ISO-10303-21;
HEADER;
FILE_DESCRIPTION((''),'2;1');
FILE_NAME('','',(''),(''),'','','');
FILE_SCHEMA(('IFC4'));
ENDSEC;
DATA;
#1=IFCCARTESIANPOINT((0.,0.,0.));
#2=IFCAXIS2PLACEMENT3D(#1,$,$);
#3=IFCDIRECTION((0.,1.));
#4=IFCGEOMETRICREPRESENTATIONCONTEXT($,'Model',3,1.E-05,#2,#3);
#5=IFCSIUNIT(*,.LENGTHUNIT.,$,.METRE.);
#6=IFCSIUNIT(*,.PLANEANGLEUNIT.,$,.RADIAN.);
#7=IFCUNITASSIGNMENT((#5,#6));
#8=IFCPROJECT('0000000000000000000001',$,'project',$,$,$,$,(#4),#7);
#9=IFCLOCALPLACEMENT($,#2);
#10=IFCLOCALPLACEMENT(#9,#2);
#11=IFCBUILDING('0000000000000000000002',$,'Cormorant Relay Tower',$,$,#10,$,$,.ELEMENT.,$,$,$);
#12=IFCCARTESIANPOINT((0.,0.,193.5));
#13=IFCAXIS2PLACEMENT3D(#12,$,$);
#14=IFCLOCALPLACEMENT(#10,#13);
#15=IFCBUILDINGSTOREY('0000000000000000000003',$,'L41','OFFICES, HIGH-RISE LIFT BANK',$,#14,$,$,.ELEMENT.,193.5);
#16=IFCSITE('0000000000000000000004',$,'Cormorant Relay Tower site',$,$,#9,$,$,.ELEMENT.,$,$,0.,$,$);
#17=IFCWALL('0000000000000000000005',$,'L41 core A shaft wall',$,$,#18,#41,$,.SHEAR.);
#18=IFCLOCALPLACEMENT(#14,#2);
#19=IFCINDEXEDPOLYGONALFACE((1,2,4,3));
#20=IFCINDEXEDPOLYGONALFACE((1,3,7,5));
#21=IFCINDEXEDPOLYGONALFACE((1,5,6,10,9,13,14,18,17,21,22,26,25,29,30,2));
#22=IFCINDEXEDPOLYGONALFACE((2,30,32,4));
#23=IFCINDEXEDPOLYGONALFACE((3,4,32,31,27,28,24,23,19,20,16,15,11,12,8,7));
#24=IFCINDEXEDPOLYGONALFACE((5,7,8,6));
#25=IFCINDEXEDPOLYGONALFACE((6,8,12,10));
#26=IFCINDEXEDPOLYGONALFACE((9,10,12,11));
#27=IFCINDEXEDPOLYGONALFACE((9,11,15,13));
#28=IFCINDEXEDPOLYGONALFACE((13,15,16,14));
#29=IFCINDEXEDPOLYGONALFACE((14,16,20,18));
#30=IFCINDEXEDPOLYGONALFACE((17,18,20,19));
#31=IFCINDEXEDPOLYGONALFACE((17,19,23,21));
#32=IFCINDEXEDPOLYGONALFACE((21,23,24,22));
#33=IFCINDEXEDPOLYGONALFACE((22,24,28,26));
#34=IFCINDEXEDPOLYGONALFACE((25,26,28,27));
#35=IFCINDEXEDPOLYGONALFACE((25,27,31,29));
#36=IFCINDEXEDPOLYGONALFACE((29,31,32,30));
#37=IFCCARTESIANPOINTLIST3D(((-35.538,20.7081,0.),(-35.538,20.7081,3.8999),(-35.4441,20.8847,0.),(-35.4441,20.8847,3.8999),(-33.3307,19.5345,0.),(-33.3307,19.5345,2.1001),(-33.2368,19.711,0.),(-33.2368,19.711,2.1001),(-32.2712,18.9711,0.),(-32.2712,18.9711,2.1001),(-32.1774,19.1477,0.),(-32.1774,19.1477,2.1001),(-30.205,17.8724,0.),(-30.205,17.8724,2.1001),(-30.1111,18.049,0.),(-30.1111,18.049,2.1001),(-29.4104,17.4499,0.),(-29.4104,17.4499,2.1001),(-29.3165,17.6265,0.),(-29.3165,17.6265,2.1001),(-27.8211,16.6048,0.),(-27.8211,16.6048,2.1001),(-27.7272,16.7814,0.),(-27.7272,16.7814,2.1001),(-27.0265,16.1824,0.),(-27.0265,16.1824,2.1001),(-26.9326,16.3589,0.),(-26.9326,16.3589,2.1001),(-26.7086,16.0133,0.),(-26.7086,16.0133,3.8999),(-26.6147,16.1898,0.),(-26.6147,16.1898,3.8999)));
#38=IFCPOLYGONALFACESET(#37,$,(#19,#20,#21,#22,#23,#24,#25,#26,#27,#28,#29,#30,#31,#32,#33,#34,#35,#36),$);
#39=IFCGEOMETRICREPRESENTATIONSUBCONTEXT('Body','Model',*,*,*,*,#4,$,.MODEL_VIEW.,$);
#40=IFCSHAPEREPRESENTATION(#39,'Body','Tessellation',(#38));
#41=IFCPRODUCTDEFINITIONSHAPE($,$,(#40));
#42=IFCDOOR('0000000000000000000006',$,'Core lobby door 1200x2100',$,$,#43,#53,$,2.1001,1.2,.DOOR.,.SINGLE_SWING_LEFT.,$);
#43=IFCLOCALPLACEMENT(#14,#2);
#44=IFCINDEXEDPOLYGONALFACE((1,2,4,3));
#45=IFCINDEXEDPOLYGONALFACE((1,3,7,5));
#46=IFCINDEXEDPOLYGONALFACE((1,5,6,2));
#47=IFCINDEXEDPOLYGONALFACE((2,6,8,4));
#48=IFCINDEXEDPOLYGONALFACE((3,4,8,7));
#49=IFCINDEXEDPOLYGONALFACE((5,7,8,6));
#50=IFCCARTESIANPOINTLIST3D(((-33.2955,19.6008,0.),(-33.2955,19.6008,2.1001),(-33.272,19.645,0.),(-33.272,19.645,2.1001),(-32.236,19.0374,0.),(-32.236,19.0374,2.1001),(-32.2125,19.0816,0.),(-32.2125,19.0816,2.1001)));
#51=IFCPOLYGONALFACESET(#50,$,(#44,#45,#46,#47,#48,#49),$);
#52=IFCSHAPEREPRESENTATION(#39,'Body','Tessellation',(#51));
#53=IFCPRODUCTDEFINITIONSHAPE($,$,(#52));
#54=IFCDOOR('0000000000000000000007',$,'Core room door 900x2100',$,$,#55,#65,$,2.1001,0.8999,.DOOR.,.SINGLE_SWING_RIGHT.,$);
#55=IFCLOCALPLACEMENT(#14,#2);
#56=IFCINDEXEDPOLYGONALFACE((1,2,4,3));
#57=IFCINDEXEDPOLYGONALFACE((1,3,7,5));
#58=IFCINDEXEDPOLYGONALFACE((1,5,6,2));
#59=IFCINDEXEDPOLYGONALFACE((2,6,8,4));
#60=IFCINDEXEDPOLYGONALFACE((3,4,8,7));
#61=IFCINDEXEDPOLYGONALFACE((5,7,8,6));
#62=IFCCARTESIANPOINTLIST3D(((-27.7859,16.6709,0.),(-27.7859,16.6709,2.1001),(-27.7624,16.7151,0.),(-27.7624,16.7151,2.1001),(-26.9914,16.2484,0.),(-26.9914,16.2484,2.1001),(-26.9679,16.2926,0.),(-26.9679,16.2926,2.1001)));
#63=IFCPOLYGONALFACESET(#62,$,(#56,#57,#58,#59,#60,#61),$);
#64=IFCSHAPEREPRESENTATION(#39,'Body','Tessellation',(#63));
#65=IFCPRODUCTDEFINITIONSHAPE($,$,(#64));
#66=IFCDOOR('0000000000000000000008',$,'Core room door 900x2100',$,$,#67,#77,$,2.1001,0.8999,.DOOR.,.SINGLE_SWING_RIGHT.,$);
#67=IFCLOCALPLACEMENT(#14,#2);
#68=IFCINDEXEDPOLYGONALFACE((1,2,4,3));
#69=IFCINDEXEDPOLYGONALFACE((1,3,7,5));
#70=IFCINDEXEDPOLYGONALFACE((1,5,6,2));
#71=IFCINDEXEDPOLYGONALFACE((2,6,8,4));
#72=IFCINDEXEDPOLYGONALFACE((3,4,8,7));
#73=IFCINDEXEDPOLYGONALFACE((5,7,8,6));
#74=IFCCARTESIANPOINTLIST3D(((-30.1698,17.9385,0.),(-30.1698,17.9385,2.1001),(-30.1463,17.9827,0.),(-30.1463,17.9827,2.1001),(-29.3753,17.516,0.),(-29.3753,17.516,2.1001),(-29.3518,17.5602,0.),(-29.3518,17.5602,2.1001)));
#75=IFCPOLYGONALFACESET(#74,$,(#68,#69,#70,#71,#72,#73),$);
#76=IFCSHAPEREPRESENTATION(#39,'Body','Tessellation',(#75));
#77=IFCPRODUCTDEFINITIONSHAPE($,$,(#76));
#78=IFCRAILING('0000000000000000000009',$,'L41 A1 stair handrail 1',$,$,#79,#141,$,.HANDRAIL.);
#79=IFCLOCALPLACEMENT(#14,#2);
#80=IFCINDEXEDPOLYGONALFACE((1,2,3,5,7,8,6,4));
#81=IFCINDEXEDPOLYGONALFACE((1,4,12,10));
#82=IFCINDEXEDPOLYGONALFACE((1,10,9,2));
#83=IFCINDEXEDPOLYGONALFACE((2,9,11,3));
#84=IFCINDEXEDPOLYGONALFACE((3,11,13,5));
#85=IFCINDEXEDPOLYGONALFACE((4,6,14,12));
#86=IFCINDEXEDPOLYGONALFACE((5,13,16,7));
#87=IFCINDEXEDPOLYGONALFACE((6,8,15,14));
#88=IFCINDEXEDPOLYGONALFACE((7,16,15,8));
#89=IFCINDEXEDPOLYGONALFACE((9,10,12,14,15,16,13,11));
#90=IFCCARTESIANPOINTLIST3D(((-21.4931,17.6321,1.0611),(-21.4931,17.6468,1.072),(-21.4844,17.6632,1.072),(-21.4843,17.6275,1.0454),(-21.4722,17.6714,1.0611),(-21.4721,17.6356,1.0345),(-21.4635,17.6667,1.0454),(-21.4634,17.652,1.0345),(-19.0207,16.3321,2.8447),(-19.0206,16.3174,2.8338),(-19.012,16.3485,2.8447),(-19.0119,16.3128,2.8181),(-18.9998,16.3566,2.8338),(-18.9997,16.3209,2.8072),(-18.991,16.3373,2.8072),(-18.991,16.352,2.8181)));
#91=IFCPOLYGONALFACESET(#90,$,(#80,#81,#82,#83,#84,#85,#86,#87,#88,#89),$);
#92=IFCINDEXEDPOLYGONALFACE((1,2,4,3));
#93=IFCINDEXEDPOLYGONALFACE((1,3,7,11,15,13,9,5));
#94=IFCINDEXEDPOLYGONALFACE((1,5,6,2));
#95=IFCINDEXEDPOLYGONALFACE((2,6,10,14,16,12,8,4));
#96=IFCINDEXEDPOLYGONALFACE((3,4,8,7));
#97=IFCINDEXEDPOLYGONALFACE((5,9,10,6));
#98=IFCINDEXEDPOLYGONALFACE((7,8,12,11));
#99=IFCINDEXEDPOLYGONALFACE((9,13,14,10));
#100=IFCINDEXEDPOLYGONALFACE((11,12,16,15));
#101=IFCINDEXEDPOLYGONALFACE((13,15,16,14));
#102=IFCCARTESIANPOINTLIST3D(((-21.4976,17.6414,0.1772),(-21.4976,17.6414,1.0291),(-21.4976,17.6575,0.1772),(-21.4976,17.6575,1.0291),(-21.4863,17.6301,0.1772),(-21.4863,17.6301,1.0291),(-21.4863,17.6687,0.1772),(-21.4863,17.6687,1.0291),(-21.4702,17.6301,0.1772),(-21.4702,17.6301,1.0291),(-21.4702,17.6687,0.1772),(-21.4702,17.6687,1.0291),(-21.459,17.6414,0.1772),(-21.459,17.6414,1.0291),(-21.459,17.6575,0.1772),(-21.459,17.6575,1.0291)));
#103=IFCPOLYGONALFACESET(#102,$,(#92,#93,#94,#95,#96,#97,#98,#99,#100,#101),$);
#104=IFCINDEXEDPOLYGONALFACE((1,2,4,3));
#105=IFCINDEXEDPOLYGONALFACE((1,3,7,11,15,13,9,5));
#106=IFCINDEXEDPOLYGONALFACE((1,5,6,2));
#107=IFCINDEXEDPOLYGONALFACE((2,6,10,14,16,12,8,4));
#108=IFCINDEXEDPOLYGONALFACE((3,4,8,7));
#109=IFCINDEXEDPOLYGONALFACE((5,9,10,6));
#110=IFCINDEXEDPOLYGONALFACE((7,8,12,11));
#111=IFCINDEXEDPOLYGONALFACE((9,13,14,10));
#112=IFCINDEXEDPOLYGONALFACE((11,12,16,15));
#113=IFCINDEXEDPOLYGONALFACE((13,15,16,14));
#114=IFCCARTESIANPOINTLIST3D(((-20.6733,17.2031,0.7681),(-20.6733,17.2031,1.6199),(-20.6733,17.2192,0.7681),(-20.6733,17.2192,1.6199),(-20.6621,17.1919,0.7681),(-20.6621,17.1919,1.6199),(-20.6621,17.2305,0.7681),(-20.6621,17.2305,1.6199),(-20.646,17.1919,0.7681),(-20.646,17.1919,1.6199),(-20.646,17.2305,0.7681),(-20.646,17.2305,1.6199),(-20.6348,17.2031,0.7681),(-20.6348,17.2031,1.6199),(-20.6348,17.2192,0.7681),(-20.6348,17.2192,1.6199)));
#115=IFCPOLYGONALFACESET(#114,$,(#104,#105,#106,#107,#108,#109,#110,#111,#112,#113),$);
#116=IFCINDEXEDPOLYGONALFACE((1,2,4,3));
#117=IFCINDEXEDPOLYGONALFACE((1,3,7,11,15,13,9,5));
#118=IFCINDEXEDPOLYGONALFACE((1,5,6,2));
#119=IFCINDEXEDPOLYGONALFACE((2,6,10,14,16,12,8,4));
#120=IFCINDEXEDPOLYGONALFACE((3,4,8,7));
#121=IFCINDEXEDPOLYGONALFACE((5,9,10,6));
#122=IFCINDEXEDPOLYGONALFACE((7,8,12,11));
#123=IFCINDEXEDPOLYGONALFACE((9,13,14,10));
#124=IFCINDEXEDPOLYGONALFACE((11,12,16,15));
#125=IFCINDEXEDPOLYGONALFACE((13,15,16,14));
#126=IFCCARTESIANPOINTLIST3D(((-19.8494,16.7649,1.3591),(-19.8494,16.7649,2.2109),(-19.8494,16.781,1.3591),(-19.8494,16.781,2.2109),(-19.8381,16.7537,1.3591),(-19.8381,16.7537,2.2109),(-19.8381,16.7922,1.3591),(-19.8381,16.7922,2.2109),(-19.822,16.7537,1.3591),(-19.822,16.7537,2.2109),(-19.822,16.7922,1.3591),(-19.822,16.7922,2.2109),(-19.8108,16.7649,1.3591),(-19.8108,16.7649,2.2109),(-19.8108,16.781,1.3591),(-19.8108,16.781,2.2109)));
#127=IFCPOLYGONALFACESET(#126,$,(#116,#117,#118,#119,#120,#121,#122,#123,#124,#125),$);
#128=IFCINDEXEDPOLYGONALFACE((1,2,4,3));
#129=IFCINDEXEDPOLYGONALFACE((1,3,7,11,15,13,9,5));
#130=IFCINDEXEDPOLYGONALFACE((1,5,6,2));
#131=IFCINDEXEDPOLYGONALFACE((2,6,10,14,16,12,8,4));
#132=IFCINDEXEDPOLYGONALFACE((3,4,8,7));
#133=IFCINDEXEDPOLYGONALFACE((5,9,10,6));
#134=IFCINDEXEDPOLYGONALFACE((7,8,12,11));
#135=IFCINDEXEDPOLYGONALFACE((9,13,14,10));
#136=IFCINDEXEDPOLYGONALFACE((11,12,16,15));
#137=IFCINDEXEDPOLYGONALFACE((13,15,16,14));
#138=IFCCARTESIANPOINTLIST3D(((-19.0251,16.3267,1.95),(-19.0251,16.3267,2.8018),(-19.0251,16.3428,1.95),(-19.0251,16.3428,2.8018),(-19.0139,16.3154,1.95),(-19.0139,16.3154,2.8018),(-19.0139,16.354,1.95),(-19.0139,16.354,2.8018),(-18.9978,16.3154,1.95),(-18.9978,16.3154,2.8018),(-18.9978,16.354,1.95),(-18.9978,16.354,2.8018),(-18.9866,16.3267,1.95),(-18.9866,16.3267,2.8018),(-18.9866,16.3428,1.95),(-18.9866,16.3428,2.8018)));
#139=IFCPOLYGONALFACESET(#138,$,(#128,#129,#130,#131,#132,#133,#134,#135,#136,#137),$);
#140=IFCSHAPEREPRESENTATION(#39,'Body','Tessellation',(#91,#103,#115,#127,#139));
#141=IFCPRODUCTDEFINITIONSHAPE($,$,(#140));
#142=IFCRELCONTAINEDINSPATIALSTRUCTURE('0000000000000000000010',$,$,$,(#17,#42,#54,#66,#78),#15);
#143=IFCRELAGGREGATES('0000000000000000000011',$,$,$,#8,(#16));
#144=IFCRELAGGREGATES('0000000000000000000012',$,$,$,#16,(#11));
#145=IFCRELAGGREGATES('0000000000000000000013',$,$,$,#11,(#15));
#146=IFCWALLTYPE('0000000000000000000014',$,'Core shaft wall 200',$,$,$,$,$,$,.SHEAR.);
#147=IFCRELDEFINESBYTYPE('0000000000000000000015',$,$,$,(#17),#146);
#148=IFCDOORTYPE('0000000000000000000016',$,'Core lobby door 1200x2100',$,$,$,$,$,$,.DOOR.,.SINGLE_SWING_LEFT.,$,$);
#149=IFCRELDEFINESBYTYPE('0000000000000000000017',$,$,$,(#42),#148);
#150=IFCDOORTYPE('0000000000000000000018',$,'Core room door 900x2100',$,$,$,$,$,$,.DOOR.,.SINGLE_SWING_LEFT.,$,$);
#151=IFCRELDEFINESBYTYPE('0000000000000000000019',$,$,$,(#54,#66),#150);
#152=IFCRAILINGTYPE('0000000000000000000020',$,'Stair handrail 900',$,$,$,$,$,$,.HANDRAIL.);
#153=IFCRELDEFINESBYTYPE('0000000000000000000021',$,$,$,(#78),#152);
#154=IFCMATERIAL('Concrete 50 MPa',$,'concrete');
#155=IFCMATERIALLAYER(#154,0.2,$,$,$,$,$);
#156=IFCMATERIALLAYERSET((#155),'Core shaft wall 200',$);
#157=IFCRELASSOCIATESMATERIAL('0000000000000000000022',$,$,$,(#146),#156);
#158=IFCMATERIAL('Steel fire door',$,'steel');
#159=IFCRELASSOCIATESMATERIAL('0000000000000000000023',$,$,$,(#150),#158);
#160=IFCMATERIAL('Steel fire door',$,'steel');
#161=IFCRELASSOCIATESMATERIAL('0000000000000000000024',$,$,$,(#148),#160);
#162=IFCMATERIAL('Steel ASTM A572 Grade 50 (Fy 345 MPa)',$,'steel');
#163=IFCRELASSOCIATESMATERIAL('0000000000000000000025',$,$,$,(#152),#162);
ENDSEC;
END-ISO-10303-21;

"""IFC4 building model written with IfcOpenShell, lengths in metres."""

from ifc_helpers import new_model, si_unit, direction, frame, frame_2d, origin, place, context, subcontext, project, spatial, polyline, rectangle, outline, extrude, material, layer, layer_set, type_object, element, fill, save


model = new_model("IFC4")

# Units and contexts
model_context = context("Model", 3, precision=1e-05, world=origin(), true_north=direction((0.0, 1.0)))
body_context = subcontext(model_context, "Body", "Model", "MODEL_VIEW")
ifc_project = project(units=[si_unit("LENGTHUNIT", "METRE"), si_unit("PLANEANGLEUNIT", "RADIAN")], contexts=[model_context])

# Site, building, storey
site_placement = place(None, origin())
site = spatial("IfcSite", under=ifc_project, at=site_placement, Name="Cormorant Relay Tower site", CompositionType="ELEMENT", RefElevation=0.0)
building_placement = place(site_placement, origin())
building = spatial("IfcBuilding", under=site, at=building_placement, Name="Cormorant Relay Tower", CompositionType="ELEMENT")
storey_placement = place(building_placement, frame((0.0, 0.0, 193.5)))
storey = spatial("IfcBuildingStorey", under=building, at=storey_placement, Name="L41", Description="OFFICES, HIGH-RISE LIFT BANK", CompositionType="ELEMENT", Elevation=193.5)

# Shared definitions
ifc_material_1 = material(Name="Concrete 50 MPa", Category="concrete")
ifc_layer_1 = layer(ifc_material_1, 0.2)
ifc_layer_set_1 = layer_set([ifc_layer_1], Name="Core shaft wall 200")
wall_type_1 = type_object("IfcWallType", Name="Core shaft wall 200", PredefinedType="SHEAR", material=ifc_layer_set_1)
ifc_material_2 = material(Name="Steel fire door", Category="steel")
door_type_1 = type_object("IfcDoorType", Name="Core room door 900x2100", OperationType="SINGLE_SWING_LEFT", PredefinedType="DOOR", material=ifc_material_2)

# Wall, openings, doors
wall_1_placement = place(storey_placement, frame((-26.6616, 16.1016, 0.0), z_axis=(0.0, 0.0, 1.0), x_axis=(-0.88294, 0.469485, 0.0)))
wall_1 = element("IfcWall", 1, at=wall_1_placement, inside=storey, type_object=wall_type_1, Name="L41 core A shaft wall", PredefinedType="SHEAR", context=body_context, shape_type="SweptSolid", body=[
    extrude(rectangle(XDim=10.0, YDim=0.2, at=frame_2d((5.0, 0.0))), origin(), (0.0, 0.0, 1.0), 3.8999),
])
opening_1_placement = place(wall_1_placement, frame((6.3, 0.0, 0.0)))
opening_1 = element("IfcOpeningElement", 2, at=opening_1_placement, cuts=wall_1, PredefinedType="OPENING", context=body_context, shape_type="SweptSolid", body=[
    extrude(rectangle(XDim=1.2, YDim=2.1001, at=frame_2d((0.6001, 1.05))), frame((0.0, 0.1099, 0.0), z_axis=(0.0, -1.0, 0.0), x_axis=(1.0, 0.0, 0.0)), (0.0, 0.0, 1.0), 0.22),
])
opening_2_placement = place(wall_1_placement, frame((0.3601, 0.0, 0.0)))
opening_2 = element("IfcOpeningElement", 3, at=opening_2_placement, cuts=wall_1, PredefinedType="OPENING", context=body_context, shape_type="SweptSolid", body=[
    extrude(rectangle(XDim=0.8999, YDim=2.1001, at=frame_2d((0.45, 1.05))), frame((0.0, 0.1099, 0.0), z_axis=(0.0, -1.0, 0.0), x_axis=(1.0, 0.0, 0.0)), (0.0, 0.0, 1.0), 0.22),
])
opening_3_placement = place(wall_1_placement, frame((3.0601, 0.0, 0.0)))
opening_3 = element("IfcOpeningElement", 4, at=opening_3_placement, cuts=wall_1, PredefinedType="OPENING", context=body_context, shape_type="SweptSolid", body=[
    extrude(rectangle(XDim=0.8999, YDim=2.1001, at=frame_2d((0.45, 1.05))), frame((0.0, 0.1099, 0.0), z_axis=(0.0, -1.0, 0.0), x_axis=(1.0, 0.0, 0.0)), (0.0, 0.0, 1.0), 0.22),
])
ifc_material_3 = material(Name="Steel fire door", Category="steel")
door_type_2 = type_object("IfcDoorType", Name="Core lobby door 1200x2100", OperationType="SINGLE_SWING_LEFT", PredefinedType="DOOR", material=ifc_material_3)
door_1_placement = place(opening_1_placement, origin())
door_1 = element("IfcDoor", 5, at=door_1_placement, inside=storey, type_object=door_type_2, Name="Core lobby door 1200x2100", OperationType="SINGLE_SWING_LEFT", OverallHeight=2.1001, OverallWidth=1.2, PredefinedType="DOOR", context=body_context, shape_type="SweptSolid", body=[
    extrude(rectangle(XDim=1.2, YDim=2.1001, at=frame_2d((0.6001, 1.05))), frame((0.0, 0.0249, 0.0), z_axis=(0.0, -1.0, 0.0), x_axis=(1.0, 0.0, 0.0)), (0.0, 0.0, 1.0), 0.05),
])
fill(opening_1, door_1)
door_2_placement = place(opening_2_placement, frame((0.8999, 0.0, 0.0), z_axis=(0.0, 0.0, 1.0), x_axis=(-1.0, 0.0, 0.0)))
door_2 = element("IfcDoor", 6, at=door_2_placement, inside=storey, type_object=door_type_1, Name="Core room door 900x2100", OperationType="SINGLE_SWING_RIGHT", OverallHeight=2.1001, OverallWidth=0.8999, PredefinedType="DOOR", context=body_context, shape_type="SweptSolid", body=[
    extrude(rectangle(XDim=0.8999, YDim=2.1001, at=frame_2d((0.45, 1.05))), frame((0.0, 0.0249, 0.0), z_axis=(0.0, -1.0, 0.0), x_axis=(1.0, 0.0, 0.0)), (0.0, 0.0, 1.0), 0.05),
])
fill(opening_2, door_2)
door_3_placement = place(opening_3_placement, frame((0.8999, 0.0, 0.0), z_axis=(0.0, 0.0, 1.0), x_axis=(-1.0, 0.0, 0.0)))
door_3 = element("IfcDoor", 7, at=door_3_placement, inside=storey, type_object=door_type_1, Name="Core room door 900x2100", OperationType="SINGLE_SWING_RIGHT", OverallHeight=2.1001, OverallWidth=0.8999, PredefinedType="DOOR", context=body_context, shape_type="SweptSolid", body=[
    extrude(rectangle(XDim=0.8999, YDim=2.1001, at=frame_2d((0.45, 1.05))), frame((0.0, 0.0249, 0.0), z_axis=(0.0, -1.0, 0.0), x_axis=(1.0, 0.0, 0.0)), (0.0, 0.0, 1.0), 0.05),
])
fill(opening_3, door_3)

# Railing
ifc_material_4 = material(Name="Steel ASTM A572 Grade 50 (Fy 345 MPa)", Category="steel")
railing_type = type_object("IfcRailingType", Name="Stair handrail 900", PredefinedType="HANDRAIL", material=ifc_material_4)
railing_placement = place(storey_placement, frame((-21.4783, 17.6494, 0.1772)))
element("IfcRailing", 8, at=railing_placement, inside=storey, type_object=railing_type, Name="L41 A1 stair handrail 1", PredefinedType="HANDRAIL", context=body_context, shape_type="SweptSolid", body=[
    extrude(outline(polyline([(0.0222, 0.0093), (0.0093, 0.0222), (-0.0093, 0.0222), (-0.0222, 0.0093), (-0.0222, -0.0093), (-0.0093, -0.0222), (0.0093, -0.0222), (0.0222, -0.0093), (0.0222, 0.0093)])), frame((0.0, 0.0, 0.876), z_axis=(0.746012, -0.39669, 0.534886), x_axis=(0.469497, 0.882934, 0.0)), (0.0, 0.0, 1.0), 3.3142),
    extrude(outline(polyline([(0.0193, 0.0081), (0.0081, 0.0193), (-0.0081, 0.0193), (-0.0193, 0.0081), (-0.0193, -0.0081), (-0.0081, -0.0193), (0.0081, -0.0193), (0.0193, -0.0081), (0.0193, 0.0081)])), origin(), (0.0, 0.0, 1.0), 0.8518),
    extrude(outline(polyline([(0.0193, 0.0081), (0.0081, 0.0193), (-0.0081, 0.0193), (-0.0193, 0.0081), (-0.0193, -0.0081), (-0.0081, -0.0193), (0.0081, -0.0193), (0.0193, -0.0081), (0.0193, 0.0081)])), frame((0.8242, -0.4382, 0.5908)), (0.0, 0.0, 1.0), 0.8518),
    extrude(outline(polyline([(0.0193, 0.0081), (0.0081, 0.0193), (-0.0081, 0.0193), (-0.0193, 0.0081), (-0.0193, -0.0081), (-0.0081, -0.0193), (0.0081, -0.0193), (0.0193, -0.0081), (0.0193, 0.0081)])), frame((1.6482, -0.8765, 1.1819)), (0.0, 0.0, 1.0), 0.8518),
    extrude(outline(polyline([(0.0193, 0.0081), (0.0081, 0.0193), (-0.0081, 0.0193), (-0.0193, 0.0081), (-0.0193, -0.0081), (-0.0081, -0.0193), (0.0081, -0.0193), (0.0193, -0.0081), (0.0193, 0.0081)])), frame((2.4724, -1.3147, 1.7727)), (0.0, 0.0, 1.0), 0.8518),
])

save(model, "model.ifc")
